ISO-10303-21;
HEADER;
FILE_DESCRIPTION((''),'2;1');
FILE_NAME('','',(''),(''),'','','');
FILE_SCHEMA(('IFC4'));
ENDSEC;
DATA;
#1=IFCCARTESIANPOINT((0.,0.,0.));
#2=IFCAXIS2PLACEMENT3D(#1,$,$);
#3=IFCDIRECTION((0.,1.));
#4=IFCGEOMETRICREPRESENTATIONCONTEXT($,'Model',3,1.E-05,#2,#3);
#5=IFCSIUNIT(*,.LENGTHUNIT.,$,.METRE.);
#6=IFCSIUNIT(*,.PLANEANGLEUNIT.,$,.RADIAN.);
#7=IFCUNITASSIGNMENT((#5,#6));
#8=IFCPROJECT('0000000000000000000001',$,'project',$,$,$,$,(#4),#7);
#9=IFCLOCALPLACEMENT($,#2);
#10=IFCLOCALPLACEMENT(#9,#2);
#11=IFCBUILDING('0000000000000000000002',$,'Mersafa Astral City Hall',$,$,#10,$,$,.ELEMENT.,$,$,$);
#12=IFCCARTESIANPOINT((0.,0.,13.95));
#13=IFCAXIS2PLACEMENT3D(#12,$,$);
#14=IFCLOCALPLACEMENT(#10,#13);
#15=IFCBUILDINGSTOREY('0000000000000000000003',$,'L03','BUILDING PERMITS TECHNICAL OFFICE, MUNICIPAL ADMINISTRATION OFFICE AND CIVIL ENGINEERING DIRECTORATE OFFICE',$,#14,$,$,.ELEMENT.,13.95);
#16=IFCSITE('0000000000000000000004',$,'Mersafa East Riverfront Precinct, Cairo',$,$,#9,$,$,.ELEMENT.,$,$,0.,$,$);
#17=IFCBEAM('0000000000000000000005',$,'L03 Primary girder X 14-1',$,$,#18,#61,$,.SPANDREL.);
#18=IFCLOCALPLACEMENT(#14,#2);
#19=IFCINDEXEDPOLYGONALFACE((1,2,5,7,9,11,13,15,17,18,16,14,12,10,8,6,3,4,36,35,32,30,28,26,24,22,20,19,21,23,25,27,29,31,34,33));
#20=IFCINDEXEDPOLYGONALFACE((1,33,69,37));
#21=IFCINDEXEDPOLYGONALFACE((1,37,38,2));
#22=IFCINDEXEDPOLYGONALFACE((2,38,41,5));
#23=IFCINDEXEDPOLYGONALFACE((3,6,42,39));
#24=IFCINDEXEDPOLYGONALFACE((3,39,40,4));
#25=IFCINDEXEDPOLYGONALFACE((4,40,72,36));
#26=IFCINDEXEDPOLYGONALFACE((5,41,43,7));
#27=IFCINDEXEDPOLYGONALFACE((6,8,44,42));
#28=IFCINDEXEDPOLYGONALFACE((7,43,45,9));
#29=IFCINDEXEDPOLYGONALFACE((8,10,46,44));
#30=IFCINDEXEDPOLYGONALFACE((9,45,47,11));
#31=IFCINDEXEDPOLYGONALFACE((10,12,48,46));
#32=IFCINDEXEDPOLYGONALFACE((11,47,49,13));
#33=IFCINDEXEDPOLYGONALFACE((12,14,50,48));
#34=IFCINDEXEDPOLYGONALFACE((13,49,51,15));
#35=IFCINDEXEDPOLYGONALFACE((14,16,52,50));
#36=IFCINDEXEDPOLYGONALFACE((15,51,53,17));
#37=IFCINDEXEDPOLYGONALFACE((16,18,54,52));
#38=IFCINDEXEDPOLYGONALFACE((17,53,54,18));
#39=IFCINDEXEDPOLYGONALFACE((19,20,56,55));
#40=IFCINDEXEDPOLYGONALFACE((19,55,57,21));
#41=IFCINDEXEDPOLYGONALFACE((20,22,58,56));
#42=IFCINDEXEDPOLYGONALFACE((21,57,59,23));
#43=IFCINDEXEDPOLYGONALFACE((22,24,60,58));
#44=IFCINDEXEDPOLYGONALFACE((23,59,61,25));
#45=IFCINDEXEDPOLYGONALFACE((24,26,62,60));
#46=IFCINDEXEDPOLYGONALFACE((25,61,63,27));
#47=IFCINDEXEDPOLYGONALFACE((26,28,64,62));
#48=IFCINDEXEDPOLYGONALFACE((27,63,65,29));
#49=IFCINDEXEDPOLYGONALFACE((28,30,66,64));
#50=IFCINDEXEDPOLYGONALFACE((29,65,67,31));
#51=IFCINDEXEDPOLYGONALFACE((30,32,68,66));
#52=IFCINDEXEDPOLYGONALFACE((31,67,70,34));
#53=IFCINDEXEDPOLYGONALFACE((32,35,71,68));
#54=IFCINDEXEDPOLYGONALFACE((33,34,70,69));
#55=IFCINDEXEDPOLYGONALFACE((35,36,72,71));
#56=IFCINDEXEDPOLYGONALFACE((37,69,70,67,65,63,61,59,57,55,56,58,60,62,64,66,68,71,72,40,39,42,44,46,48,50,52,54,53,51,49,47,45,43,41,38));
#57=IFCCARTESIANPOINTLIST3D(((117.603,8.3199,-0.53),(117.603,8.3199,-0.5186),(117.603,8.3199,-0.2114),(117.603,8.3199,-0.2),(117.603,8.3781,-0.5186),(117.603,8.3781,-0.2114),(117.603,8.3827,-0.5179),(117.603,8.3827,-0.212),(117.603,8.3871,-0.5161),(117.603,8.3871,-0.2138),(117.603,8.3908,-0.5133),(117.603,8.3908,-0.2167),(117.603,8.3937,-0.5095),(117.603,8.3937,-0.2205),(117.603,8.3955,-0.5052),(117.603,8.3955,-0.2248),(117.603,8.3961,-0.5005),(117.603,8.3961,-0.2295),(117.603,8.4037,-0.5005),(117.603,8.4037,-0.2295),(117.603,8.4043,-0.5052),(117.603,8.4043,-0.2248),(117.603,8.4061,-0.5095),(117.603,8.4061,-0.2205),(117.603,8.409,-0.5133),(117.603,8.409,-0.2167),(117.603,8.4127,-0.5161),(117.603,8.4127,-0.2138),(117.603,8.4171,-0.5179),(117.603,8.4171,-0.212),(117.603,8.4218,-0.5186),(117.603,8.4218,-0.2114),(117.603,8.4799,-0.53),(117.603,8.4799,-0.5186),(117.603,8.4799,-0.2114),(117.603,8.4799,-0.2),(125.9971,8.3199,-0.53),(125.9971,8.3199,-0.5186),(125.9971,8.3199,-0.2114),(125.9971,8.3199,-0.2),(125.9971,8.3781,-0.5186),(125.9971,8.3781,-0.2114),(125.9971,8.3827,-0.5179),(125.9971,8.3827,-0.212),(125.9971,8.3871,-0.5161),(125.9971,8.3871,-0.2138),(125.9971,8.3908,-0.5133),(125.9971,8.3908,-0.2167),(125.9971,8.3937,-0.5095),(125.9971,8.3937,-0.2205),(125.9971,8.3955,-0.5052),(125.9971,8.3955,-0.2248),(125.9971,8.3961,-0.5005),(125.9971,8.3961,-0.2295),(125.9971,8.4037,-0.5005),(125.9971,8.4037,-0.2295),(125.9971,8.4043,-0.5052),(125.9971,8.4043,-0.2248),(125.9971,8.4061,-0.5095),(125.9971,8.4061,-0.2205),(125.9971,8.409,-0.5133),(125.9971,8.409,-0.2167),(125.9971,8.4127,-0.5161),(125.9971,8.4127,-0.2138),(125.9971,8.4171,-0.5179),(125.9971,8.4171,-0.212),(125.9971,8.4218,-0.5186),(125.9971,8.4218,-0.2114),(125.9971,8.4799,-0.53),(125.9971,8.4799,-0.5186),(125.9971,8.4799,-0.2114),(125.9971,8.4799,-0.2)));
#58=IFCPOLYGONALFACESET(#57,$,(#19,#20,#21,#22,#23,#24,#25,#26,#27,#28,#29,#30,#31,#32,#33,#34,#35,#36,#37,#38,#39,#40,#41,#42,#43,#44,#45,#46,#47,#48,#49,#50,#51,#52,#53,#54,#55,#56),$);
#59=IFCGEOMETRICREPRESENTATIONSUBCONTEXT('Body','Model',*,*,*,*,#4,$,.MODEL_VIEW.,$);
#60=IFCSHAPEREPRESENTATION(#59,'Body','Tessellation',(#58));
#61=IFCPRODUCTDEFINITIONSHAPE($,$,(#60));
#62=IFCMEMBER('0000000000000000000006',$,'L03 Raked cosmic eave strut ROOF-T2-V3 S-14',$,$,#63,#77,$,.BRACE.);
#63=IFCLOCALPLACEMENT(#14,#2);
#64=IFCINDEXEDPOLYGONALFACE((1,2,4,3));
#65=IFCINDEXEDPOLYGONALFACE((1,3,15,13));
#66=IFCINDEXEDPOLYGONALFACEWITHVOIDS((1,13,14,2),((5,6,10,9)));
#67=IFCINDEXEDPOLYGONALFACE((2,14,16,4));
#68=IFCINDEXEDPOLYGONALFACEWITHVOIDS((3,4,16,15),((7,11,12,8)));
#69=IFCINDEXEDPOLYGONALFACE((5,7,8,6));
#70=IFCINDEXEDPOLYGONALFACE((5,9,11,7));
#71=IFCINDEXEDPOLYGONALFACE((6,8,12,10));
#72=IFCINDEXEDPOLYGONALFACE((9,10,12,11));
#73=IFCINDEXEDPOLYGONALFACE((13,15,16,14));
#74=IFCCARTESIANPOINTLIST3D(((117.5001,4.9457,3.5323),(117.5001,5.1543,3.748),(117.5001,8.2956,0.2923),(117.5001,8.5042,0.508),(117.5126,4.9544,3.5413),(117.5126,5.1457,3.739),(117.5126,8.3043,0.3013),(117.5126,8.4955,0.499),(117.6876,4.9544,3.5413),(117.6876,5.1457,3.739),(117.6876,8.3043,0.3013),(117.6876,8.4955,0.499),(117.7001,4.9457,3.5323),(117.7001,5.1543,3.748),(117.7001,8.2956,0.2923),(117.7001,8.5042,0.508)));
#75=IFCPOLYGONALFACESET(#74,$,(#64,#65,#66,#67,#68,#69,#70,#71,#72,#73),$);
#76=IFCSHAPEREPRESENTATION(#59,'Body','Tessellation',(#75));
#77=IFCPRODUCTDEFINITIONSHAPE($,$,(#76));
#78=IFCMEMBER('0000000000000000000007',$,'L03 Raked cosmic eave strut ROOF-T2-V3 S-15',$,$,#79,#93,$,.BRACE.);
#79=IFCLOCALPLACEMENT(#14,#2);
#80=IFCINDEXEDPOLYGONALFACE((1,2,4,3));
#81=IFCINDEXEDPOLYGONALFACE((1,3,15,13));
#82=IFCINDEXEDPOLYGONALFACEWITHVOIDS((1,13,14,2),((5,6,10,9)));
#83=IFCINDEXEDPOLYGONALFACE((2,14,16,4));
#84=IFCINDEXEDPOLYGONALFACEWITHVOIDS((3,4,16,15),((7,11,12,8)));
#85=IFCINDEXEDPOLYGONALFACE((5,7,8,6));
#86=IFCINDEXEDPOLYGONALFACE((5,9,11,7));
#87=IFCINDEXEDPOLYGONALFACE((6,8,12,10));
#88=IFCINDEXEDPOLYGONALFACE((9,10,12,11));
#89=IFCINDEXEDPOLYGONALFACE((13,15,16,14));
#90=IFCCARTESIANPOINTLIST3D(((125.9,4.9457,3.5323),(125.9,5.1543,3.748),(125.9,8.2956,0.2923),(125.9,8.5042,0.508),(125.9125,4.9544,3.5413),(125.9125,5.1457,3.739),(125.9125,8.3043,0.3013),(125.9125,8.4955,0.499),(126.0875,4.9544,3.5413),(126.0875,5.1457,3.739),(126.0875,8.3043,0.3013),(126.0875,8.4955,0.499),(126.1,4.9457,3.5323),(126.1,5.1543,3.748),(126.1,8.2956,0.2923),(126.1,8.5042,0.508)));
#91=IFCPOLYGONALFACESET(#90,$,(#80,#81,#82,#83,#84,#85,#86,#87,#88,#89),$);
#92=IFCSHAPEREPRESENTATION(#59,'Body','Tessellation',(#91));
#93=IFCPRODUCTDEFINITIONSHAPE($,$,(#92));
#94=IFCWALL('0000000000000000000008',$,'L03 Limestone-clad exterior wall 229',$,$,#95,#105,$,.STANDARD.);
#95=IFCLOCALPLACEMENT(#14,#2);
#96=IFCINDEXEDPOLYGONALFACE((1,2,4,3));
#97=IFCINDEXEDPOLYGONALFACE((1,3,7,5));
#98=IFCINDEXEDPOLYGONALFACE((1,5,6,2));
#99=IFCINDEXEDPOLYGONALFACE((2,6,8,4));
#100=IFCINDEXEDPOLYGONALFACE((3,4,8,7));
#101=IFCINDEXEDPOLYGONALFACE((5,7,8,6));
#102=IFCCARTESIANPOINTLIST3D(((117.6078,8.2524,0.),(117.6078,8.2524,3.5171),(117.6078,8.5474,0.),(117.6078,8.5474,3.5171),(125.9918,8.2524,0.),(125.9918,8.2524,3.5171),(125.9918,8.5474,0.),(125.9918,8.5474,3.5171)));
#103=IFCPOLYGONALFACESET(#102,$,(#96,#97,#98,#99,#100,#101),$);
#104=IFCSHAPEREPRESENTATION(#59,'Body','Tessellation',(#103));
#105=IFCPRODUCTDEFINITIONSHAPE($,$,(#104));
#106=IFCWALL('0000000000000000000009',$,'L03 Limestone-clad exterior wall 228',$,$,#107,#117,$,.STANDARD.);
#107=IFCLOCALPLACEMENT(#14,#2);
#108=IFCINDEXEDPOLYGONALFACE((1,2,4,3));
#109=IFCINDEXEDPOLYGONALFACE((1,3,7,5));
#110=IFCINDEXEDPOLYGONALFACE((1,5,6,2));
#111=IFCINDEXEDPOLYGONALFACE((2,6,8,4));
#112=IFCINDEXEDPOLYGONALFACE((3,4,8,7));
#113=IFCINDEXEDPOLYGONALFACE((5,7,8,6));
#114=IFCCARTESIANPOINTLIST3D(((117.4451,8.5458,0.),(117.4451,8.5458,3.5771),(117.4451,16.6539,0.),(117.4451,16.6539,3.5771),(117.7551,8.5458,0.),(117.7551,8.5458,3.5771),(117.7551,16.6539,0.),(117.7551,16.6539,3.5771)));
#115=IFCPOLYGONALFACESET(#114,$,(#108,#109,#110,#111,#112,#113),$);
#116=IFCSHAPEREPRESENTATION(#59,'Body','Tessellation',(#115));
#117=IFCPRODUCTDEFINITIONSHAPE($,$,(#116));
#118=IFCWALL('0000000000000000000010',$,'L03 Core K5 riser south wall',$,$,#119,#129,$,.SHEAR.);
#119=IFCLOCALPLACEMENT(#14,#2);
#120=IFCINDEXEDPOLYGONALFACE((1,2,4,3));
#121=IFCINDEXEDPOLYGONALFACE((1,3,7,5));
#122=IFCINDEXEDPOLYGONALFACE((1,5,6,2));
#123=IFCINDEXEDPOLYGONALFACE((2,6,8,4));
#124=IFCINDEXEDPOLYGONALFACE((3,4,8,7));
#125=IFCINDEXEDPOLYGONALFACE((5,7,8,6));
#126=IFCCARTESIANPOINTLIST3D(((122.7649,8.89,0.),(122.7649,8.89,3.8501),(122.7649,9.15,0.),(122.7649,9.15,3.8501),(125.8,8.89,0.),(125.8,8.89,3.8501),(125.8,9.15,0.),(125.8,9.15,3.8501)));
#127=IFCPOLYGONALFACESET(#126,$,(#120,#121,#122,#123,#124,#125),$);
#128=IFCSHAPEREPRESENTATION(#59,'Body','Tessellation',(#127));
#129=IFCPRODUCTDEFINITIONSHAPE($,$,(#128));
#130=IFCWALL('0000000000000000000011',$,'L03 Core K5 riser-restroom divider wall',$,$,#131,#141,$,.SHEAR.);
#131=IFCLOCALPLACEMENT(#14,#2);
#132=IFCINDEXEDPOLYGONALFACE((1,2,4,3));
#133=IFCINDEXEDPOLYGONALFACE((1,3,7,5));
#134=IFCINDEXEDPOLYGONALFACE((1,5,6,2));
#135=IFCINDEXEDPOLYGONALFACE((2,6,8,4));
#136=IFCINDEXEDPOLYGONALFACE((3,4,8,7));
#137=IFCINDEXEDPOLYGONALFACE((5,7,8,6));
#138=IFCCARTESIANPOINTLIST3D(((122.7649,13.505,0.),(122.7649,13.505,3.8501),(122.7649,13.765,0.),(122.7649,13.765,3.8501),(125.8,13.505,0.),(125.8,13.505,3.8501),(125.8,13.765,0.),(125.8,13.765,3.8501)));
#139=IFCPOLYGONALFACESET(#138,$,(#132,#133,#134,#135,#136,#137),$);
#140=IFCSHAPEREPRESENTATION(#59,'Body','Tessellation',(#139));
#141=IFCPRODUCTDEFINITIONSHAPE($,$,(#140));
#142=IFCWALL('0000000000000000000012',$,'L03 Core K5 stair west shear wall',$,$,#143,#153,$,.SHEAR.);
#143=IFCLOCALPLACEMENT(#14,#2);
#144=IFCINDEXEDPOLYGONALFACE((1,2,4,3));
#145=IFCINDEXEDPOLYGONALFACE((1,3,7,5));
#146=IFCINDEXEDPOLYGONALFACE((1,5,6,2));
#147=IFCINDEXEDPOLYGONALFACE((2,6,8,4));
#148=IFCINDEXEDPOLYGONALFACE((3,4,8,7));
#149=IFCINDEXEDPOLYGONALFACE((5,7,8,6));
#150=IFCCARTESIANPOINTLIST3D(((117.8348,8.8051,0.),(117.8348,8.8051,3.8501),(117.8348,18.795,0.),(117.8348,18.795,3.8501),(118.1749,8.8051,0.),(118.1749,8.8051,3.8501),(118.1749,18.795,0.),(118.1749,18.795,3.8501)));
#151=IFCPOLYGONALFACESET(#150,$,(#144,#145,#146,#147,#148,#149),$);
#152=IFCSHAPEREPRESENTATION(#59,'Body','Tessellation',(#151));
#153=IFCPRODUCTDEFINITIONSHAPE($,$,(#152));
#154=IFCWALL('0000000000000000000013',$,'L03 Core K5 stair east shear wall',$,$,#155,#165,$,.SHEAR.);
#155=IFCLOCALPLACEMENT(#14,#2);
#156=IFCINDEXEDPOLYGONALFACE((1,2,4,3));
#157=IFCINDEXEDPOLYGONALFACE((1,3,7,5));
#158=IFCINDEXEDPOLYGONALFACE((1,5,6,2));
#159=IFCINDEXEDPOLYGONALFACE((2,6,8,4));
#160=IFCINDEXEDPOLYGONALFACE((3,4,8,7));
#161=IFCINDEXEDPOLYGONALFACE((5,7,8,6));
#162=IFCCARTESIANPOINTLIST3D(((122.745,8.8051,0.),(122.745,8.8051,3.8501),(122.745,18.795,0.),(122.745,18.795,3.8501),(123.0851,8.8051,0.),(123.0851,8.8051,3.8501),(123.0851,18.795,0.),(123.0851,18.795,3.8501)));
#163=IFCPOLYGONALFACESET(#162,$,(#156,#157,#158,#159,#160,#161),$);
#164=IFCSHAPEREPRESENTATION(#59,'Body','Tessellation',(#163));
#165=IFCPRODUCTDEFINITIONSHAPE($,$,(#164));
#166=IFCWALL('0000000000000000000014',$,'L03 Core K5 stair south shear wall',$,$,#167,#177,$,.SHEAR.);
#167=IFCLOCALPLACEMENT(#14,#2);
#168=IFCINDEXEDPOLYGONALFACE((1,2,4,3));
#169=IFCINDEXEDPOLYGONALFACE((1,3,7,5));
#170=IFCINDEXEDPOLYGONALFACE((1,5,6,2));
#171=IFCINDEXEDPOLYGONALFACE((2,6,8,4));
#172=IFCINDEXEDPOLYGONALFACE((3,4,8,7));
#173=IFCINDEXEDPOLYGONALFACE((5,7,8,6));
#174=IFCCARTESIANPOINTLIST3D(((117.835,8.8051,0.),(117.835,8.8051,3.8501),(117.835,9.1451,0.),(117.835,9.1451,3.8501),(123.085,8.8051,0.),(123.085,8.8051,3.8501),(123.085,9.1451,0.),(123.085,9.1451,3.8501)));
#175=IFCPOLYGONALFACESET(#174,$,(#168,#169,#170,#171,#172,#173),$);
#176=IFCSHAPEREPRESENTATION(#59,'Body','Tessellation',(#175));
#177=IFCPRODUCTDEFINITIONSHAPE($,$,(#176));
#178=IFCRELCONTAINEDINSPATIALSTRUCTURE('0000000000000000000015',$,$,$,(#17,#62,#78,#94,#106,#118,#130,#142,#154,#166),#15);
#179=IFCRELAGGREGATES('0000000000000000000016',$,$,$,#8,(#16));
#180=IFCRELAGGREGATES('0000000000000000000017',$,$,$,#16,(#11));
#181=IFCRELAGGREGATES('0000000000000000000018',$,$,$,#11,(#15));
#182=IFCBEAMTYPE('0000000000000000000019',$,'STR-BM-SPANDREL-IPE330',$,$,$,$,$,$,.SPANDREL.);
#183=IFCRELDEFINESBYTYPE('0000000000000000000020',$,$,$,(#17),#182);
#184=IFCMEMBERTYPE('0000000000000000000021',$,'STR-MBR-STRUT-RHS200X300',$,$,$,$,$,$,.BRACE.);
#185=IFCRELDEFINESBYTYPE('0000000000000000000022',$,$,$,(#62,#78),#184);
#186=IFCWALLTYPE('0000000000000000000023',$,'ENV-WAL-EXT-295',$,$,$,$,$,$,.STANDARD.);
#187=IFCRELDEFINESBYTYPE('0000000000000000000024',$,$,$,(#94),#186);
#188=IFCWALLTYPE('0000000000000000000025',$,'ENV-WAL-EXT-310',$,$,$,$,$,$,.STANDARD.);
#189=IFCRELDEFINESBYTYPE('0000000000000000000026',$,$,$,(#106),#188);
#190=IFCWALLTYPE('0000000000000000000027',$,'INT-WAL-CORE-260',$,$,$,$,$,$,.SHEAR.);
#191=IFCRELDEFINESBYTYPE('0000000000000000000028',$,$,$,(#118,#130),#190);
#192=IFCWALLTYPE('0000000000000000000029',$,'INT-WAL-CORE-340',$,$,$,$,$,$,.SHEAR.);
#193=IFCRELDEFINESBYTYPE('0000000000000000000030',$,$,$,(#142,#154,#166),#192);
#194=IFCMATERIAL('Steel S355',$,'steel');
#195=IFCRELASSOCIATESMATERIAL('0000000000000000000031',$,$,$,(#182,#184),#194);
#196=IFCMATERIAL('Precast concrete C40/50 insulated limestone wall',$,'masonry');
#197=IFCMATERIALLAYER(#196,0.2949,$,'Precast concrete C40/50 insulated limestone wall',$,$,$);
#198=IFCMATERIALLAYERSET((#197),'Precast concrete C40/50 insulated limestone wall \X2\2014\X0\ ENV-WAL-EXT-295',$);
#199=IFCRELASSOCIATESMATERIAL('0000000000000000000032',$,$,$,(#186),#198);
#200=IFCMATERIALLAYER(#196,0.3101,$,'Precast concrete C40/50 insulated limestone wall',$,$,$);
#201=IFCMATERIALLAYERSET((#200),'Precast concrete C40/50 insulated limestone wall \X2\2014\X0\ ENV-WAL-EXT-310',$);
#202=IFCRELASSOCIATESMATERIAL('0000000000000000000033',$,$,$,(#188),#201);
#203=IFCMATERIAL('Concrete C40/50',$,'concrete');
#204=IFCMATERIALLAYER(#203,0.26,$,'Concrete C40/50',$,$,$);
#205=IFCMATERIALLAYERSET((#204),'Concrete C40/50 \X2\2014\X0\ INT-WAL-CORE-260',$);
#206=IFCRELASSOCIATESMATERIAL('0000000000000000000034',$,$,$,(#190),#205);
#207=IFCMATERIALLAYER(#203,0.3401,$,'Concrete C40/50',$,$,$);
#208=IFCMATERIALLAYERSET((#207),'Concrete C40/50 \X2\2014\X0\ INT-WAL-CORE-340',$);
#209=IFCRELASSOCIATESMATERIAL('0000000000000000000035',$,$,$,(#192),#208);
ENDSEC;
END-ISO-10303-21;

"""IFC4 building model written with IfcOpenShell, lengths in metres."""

from ifc_helpers import new_model, si_unit, direction, frame, frame_2d, origin, origin_2d, place, context, subcontext, project, spatial, rectangle, hollow_rectangle, i_section, extrude, material, layer, layer_set, material_profile, profile_set, type_object, element, save


model = new_model("IFC4")

# Units and contexts
model_context = context("Model", 3, precision=1e-05, world=origin(), true_north=direction((0.0, 1.0)))
body_context = subcontext(model_context, "Body", "Model", "MODEL_VIEW")
ifc_project = project(units=[si_unit("LENGTHUNIT", "METRE"), si_unit("PLANEANGLEUNIT", "RADIAN")], contexts=[model_context])

# Site, building, storey
site_placement = place(None, origin())
site = spatial("IfcSite", under=ifc_project, at=site_placement, Name="Mersafa East Riverfront Precinct, Cairo", CompositionType="ELEMENT", RefElevation=0.0)
building_placement = place(site_placement, origin())
building = spatial("IfcBuilding", under=site, at=building_placement, Name="Mersafa Astral City Hall", CompositionType="ELEMENT")
storey_placement = place(building_placement, frame((0.0, 0.0, 13.95)))
storey = spatial("IfcBuildingStorey", under=building, at=storey_placement, Name="L03", Description="BUILDING PERMITS TECHNICAL OFFICE, MUNICIPAL ADMINISTRATION OFFICE AND CIVIL ENGINEERING DIRECTORATE OFFICE", CompositionType="ELEMENT", Elevation=13.95)

# Shared definitions
ifc_material_1 = material(Name="Steel S355", Category="steel")

# Beam
ifc_material_profile_1 = material_profile(ifc_material_1, i_section(OverallWidth=0.1599, OverallDepth=0.3301, WebThickness=0.0076, FlangeThickness=0.0115, FilletRadius=0.0181, at=origin_2d()), Name="IPE 330")
ifc_profile_set_1 = profile_set([ifc_material_profile_1], Name="Steel S355")
beam_type_1 = type_object("IfcBeamType", Name="STR-BM-SPANDREL-IPE330", PredefinedType="SPANDREL", material=ifc_profile_set_1)
beam_1_placement = place(storey_placement, frame((117.603, 8.3999, -0.365), z_axis=(1.0, 0.0, 0.0), x_axis=(0.0, 1.0, 0.0)))
element("IfcBeam", 1, at=beam_1_placement, inside=storey, type_object=beam_type_1, Name="L03 Primary girder X 14-1", PredefinedType="SPANDREL", context=body_context, shape_type="SweptSolid", body=[
    extrude(i_section(OverallWidth=0.1599, OverallDepth=0.3301, WebThickness=0.0076, FlangeThickness=0.0115, FilletRadius=0.0181, at=origin_2d()), origin(), (0.0, 0.0, 1.0), 8.394),
])

# Members
ifc_material_profile_2 = material_profile(ifc_material_1, hollow_rectangle(XDim=0.2, YDim=0.3, WallThickness=0.0125, at=origin_2d()), Name="RHS 200x300x12.5")
ifc_profile_set_2 = profile_set([ifc_material_profile_2], Name="Steel S355")
member_type = type_object("IfcMemberType", Name="STR-MBR-STRUT-RHS200X300", PredefinedType="BRACE", material=ifc_profile_set_2)
for number, where, z_axis, x_axis, name in (
    (2, (117.6001, 8.3999, 0.4001), (0.0, -0.718796, 0.695222), (1.0, 0.0, 0.0), "L03 Raked cosmic eave strut ROOF-T2-V3 S-14"),
    (3, (126.0, 8.3999, 0.4001), (0.0, -0.718796, 0.695222), (1.0, 0.0, 0.0), "L03 Raked cosmic eave strut ROOF-T2-V3 S-15"),
):
    element("IfcMember", number, at=place(storey_placement, frame(where, z_axis=z_axis, x_axis=x_axis)), inside=storey, type_object=member_type, Name=name, PredefinedType="BRACE", context=body_context, shape_type="SweptSolid", body=[
        extrude(hollow_rectangle(XDim=0.2, YDim=0.3, WallThickness=0.0125, at=origin_2d()), origin(), (0.0, 0.0, 1.0), 4.6604),
    ])

# Walls
ifc_material_2 = material(Name="Precast concrete C40/50 insulated limestone wall", Category="masonry")
ifc_layer_1 = layer(ifc_material_2, 0.2949, Name="Precast concrete C40/50 insulated limestone wall")
ifc_layer_set_1 = layer_set([ifc_layer_1], Name="Precast concrete C40/50 insulated limestone wall — ENV-WAL-EXT-295")
wall_type_1 = type_object("IfcWallType", Name="ENV-WAL-EXT-295", PredefinedType="STANDARD", material=ifc_layer_set_1)
wall_1_placement = place(storey_placement, frame((117.6079, 8.3999, 0.0), z_axis=(0.0, 0.0, 1.0), x_axis=(1.0, 0.0, 0.0)))
element("IfcWall", 4, at=wall_1_placement, inside=storey, type_object=wall_type_1, Name="L03 Limestone-clad exterior wall 229", PredefinedType="STANDARD", context=body_context, shape_type="SweptSolid", body=[
    extrude(rectangle(XDim=8.384, YDim=0.2949, at=frame_2d((4.1919, 0.0))), origin(), (0.0, 0.0, 1.0), 3.5171),
])
ifc_layer_2 = layer(ifc_material_2, 0.3101, Name="Precast concrete C40/50 insulated limestone wall")
ifc_layer_set_2 = layer_set([ifc_layer_2], Name="Precast concrete C40/50 insulated limestone wall — ENV-WAL-EXT-310")
wall_type_2 = type_object("IfcWallType", Name="ENV-WAL-EXT-310", PredefinedType="STANDARD", material=ifc_layer_set_2)
wall_2_placement = place(storey_placement, frame((117.6001, 16.6541, 0.0), z_axis=(0.0, 0.0, 1.0), x_axis=(0.0, -1.0, 0.0)))
element("IfcWall", 5, at=wall_2_placement, inside=storey, type_object=wall_type_2, Name="L03 Limestone-clad exterior wall 228", PredefinedType="STANDARD", context=body_context, shape_type="SweptSolid", body=[
    extrude(rectangle(XDim=8.1082, YDim=0.3101, at=frame_2d((4.0542, 0.0))), origin(), (0.0, 0.0, 1.0), 3.5771),
])
ifc_material_3 = material(Name="Concrete C40/50", Category="concrete")
ifc_layer_3 = layer(ifc_material_3, 0.26, Name="Concrete C40/50")
ifc_layer_set_3 = layer_set([ifc_layer_3], Name="Concrete C40/50 — INT-WAL-CORE-260")
wall_type_3 = type_object("IfcWallType", Name="INT-WAL-CORE-260", PredefinedType="SHEAR", material=ifc_layer_set_3)
for number, where, z_axis, x_axis, name in (
    (6, (122.7649, 9.02, 0.0), (0.0, 0.0, 1.0), (1.0, 0.0, 0.0), "L03 Core K5 riser south wall"),
    (7, (122.7649, 13.635, 0.0), (0.0, 0.0, 1.0), (1.0, 0.0, 0.0), "L03 Core K5 riser-restroom divider wall"),
):
    element("IfcWall", number, at=place(storey_placement, frame(where, z_axis=z_axis, x_axis=x_axis)), inside=storey, type_object=wall_type_3, Name=name, PredefinedType="SHEAR", context=body_context, shape_type="SweptSolid", body=[
        extrude(rectangle(XDim=3.0352, YDim=0.26, at=frame_2d((1.5176, 0.0))), origin(), (0.0, 0.0, 1.0), 3.8501),
    ])
ifc_layer_4 = layer(ifc_material_3, 0.3401, Name="Concrete C40/50")
ifc_layer_set_4 = layer_set([ifc_layer_4], Name="Concrete C40/50 — INT-WAL-CORE-340")
wall_type_4 = type_object("IfcWallType", Name="INT-WAL-CORE-340", PredefinedType="SHEAR", material=ifc_layer_set_4)
for number, where, z_axis, x_axis, name in (
    (8, (118.0049, 8.8049, 0.0), (0.0, 0.0, 1.0), (0.0, 1.0, 0.0), "L03 Core K5 stair west shear wall"),
    (9, (122.915, 8.8049, 0.0), (0.0, 0.0, 1.0), (0.0, 1.0, 0.0), "L03 Core K5 stair east shear wall"),
):
    element("IfcWall", number, at=place(storey_placement, frame(where, z_axis=z_axis, x_axis=x_axis)), inside=storey, type_object=wall_type_4, Name=name, PredefinedType="SHEAR", context=body_context, shape_type="SweptSolid", body=[
        extrude(rectangle(XDim=9.99, YDim=0.3401, at=frame_2d((4.9951, 0.0))), origin(), (0.0, 0.0, 1.0), 3.8501),
    ])
wall_3_placement = place(storey_placement, frame((117.835, 8.9751, 0.0), z_axis=(0.0, 0.0, 1.0), x_axis=(1.0, 0.0, 0.0)))
element("IfcWall", 10, at=wall_3_placement, inside=storey, type_object=wall_type_4, Name="L03 Core K5 stair south shear wall", PredefinedType="SHEAR", context=body_context, shape_type="SweptSolid", body=[
    extrude(rectangle(XDim=5.25, YDim=0.3401, at=frame_2d((2.625, 0.0))), origin(), (0.0, 0.0, 1.0), 3.8501),
])

save(model, "model.ifc")
